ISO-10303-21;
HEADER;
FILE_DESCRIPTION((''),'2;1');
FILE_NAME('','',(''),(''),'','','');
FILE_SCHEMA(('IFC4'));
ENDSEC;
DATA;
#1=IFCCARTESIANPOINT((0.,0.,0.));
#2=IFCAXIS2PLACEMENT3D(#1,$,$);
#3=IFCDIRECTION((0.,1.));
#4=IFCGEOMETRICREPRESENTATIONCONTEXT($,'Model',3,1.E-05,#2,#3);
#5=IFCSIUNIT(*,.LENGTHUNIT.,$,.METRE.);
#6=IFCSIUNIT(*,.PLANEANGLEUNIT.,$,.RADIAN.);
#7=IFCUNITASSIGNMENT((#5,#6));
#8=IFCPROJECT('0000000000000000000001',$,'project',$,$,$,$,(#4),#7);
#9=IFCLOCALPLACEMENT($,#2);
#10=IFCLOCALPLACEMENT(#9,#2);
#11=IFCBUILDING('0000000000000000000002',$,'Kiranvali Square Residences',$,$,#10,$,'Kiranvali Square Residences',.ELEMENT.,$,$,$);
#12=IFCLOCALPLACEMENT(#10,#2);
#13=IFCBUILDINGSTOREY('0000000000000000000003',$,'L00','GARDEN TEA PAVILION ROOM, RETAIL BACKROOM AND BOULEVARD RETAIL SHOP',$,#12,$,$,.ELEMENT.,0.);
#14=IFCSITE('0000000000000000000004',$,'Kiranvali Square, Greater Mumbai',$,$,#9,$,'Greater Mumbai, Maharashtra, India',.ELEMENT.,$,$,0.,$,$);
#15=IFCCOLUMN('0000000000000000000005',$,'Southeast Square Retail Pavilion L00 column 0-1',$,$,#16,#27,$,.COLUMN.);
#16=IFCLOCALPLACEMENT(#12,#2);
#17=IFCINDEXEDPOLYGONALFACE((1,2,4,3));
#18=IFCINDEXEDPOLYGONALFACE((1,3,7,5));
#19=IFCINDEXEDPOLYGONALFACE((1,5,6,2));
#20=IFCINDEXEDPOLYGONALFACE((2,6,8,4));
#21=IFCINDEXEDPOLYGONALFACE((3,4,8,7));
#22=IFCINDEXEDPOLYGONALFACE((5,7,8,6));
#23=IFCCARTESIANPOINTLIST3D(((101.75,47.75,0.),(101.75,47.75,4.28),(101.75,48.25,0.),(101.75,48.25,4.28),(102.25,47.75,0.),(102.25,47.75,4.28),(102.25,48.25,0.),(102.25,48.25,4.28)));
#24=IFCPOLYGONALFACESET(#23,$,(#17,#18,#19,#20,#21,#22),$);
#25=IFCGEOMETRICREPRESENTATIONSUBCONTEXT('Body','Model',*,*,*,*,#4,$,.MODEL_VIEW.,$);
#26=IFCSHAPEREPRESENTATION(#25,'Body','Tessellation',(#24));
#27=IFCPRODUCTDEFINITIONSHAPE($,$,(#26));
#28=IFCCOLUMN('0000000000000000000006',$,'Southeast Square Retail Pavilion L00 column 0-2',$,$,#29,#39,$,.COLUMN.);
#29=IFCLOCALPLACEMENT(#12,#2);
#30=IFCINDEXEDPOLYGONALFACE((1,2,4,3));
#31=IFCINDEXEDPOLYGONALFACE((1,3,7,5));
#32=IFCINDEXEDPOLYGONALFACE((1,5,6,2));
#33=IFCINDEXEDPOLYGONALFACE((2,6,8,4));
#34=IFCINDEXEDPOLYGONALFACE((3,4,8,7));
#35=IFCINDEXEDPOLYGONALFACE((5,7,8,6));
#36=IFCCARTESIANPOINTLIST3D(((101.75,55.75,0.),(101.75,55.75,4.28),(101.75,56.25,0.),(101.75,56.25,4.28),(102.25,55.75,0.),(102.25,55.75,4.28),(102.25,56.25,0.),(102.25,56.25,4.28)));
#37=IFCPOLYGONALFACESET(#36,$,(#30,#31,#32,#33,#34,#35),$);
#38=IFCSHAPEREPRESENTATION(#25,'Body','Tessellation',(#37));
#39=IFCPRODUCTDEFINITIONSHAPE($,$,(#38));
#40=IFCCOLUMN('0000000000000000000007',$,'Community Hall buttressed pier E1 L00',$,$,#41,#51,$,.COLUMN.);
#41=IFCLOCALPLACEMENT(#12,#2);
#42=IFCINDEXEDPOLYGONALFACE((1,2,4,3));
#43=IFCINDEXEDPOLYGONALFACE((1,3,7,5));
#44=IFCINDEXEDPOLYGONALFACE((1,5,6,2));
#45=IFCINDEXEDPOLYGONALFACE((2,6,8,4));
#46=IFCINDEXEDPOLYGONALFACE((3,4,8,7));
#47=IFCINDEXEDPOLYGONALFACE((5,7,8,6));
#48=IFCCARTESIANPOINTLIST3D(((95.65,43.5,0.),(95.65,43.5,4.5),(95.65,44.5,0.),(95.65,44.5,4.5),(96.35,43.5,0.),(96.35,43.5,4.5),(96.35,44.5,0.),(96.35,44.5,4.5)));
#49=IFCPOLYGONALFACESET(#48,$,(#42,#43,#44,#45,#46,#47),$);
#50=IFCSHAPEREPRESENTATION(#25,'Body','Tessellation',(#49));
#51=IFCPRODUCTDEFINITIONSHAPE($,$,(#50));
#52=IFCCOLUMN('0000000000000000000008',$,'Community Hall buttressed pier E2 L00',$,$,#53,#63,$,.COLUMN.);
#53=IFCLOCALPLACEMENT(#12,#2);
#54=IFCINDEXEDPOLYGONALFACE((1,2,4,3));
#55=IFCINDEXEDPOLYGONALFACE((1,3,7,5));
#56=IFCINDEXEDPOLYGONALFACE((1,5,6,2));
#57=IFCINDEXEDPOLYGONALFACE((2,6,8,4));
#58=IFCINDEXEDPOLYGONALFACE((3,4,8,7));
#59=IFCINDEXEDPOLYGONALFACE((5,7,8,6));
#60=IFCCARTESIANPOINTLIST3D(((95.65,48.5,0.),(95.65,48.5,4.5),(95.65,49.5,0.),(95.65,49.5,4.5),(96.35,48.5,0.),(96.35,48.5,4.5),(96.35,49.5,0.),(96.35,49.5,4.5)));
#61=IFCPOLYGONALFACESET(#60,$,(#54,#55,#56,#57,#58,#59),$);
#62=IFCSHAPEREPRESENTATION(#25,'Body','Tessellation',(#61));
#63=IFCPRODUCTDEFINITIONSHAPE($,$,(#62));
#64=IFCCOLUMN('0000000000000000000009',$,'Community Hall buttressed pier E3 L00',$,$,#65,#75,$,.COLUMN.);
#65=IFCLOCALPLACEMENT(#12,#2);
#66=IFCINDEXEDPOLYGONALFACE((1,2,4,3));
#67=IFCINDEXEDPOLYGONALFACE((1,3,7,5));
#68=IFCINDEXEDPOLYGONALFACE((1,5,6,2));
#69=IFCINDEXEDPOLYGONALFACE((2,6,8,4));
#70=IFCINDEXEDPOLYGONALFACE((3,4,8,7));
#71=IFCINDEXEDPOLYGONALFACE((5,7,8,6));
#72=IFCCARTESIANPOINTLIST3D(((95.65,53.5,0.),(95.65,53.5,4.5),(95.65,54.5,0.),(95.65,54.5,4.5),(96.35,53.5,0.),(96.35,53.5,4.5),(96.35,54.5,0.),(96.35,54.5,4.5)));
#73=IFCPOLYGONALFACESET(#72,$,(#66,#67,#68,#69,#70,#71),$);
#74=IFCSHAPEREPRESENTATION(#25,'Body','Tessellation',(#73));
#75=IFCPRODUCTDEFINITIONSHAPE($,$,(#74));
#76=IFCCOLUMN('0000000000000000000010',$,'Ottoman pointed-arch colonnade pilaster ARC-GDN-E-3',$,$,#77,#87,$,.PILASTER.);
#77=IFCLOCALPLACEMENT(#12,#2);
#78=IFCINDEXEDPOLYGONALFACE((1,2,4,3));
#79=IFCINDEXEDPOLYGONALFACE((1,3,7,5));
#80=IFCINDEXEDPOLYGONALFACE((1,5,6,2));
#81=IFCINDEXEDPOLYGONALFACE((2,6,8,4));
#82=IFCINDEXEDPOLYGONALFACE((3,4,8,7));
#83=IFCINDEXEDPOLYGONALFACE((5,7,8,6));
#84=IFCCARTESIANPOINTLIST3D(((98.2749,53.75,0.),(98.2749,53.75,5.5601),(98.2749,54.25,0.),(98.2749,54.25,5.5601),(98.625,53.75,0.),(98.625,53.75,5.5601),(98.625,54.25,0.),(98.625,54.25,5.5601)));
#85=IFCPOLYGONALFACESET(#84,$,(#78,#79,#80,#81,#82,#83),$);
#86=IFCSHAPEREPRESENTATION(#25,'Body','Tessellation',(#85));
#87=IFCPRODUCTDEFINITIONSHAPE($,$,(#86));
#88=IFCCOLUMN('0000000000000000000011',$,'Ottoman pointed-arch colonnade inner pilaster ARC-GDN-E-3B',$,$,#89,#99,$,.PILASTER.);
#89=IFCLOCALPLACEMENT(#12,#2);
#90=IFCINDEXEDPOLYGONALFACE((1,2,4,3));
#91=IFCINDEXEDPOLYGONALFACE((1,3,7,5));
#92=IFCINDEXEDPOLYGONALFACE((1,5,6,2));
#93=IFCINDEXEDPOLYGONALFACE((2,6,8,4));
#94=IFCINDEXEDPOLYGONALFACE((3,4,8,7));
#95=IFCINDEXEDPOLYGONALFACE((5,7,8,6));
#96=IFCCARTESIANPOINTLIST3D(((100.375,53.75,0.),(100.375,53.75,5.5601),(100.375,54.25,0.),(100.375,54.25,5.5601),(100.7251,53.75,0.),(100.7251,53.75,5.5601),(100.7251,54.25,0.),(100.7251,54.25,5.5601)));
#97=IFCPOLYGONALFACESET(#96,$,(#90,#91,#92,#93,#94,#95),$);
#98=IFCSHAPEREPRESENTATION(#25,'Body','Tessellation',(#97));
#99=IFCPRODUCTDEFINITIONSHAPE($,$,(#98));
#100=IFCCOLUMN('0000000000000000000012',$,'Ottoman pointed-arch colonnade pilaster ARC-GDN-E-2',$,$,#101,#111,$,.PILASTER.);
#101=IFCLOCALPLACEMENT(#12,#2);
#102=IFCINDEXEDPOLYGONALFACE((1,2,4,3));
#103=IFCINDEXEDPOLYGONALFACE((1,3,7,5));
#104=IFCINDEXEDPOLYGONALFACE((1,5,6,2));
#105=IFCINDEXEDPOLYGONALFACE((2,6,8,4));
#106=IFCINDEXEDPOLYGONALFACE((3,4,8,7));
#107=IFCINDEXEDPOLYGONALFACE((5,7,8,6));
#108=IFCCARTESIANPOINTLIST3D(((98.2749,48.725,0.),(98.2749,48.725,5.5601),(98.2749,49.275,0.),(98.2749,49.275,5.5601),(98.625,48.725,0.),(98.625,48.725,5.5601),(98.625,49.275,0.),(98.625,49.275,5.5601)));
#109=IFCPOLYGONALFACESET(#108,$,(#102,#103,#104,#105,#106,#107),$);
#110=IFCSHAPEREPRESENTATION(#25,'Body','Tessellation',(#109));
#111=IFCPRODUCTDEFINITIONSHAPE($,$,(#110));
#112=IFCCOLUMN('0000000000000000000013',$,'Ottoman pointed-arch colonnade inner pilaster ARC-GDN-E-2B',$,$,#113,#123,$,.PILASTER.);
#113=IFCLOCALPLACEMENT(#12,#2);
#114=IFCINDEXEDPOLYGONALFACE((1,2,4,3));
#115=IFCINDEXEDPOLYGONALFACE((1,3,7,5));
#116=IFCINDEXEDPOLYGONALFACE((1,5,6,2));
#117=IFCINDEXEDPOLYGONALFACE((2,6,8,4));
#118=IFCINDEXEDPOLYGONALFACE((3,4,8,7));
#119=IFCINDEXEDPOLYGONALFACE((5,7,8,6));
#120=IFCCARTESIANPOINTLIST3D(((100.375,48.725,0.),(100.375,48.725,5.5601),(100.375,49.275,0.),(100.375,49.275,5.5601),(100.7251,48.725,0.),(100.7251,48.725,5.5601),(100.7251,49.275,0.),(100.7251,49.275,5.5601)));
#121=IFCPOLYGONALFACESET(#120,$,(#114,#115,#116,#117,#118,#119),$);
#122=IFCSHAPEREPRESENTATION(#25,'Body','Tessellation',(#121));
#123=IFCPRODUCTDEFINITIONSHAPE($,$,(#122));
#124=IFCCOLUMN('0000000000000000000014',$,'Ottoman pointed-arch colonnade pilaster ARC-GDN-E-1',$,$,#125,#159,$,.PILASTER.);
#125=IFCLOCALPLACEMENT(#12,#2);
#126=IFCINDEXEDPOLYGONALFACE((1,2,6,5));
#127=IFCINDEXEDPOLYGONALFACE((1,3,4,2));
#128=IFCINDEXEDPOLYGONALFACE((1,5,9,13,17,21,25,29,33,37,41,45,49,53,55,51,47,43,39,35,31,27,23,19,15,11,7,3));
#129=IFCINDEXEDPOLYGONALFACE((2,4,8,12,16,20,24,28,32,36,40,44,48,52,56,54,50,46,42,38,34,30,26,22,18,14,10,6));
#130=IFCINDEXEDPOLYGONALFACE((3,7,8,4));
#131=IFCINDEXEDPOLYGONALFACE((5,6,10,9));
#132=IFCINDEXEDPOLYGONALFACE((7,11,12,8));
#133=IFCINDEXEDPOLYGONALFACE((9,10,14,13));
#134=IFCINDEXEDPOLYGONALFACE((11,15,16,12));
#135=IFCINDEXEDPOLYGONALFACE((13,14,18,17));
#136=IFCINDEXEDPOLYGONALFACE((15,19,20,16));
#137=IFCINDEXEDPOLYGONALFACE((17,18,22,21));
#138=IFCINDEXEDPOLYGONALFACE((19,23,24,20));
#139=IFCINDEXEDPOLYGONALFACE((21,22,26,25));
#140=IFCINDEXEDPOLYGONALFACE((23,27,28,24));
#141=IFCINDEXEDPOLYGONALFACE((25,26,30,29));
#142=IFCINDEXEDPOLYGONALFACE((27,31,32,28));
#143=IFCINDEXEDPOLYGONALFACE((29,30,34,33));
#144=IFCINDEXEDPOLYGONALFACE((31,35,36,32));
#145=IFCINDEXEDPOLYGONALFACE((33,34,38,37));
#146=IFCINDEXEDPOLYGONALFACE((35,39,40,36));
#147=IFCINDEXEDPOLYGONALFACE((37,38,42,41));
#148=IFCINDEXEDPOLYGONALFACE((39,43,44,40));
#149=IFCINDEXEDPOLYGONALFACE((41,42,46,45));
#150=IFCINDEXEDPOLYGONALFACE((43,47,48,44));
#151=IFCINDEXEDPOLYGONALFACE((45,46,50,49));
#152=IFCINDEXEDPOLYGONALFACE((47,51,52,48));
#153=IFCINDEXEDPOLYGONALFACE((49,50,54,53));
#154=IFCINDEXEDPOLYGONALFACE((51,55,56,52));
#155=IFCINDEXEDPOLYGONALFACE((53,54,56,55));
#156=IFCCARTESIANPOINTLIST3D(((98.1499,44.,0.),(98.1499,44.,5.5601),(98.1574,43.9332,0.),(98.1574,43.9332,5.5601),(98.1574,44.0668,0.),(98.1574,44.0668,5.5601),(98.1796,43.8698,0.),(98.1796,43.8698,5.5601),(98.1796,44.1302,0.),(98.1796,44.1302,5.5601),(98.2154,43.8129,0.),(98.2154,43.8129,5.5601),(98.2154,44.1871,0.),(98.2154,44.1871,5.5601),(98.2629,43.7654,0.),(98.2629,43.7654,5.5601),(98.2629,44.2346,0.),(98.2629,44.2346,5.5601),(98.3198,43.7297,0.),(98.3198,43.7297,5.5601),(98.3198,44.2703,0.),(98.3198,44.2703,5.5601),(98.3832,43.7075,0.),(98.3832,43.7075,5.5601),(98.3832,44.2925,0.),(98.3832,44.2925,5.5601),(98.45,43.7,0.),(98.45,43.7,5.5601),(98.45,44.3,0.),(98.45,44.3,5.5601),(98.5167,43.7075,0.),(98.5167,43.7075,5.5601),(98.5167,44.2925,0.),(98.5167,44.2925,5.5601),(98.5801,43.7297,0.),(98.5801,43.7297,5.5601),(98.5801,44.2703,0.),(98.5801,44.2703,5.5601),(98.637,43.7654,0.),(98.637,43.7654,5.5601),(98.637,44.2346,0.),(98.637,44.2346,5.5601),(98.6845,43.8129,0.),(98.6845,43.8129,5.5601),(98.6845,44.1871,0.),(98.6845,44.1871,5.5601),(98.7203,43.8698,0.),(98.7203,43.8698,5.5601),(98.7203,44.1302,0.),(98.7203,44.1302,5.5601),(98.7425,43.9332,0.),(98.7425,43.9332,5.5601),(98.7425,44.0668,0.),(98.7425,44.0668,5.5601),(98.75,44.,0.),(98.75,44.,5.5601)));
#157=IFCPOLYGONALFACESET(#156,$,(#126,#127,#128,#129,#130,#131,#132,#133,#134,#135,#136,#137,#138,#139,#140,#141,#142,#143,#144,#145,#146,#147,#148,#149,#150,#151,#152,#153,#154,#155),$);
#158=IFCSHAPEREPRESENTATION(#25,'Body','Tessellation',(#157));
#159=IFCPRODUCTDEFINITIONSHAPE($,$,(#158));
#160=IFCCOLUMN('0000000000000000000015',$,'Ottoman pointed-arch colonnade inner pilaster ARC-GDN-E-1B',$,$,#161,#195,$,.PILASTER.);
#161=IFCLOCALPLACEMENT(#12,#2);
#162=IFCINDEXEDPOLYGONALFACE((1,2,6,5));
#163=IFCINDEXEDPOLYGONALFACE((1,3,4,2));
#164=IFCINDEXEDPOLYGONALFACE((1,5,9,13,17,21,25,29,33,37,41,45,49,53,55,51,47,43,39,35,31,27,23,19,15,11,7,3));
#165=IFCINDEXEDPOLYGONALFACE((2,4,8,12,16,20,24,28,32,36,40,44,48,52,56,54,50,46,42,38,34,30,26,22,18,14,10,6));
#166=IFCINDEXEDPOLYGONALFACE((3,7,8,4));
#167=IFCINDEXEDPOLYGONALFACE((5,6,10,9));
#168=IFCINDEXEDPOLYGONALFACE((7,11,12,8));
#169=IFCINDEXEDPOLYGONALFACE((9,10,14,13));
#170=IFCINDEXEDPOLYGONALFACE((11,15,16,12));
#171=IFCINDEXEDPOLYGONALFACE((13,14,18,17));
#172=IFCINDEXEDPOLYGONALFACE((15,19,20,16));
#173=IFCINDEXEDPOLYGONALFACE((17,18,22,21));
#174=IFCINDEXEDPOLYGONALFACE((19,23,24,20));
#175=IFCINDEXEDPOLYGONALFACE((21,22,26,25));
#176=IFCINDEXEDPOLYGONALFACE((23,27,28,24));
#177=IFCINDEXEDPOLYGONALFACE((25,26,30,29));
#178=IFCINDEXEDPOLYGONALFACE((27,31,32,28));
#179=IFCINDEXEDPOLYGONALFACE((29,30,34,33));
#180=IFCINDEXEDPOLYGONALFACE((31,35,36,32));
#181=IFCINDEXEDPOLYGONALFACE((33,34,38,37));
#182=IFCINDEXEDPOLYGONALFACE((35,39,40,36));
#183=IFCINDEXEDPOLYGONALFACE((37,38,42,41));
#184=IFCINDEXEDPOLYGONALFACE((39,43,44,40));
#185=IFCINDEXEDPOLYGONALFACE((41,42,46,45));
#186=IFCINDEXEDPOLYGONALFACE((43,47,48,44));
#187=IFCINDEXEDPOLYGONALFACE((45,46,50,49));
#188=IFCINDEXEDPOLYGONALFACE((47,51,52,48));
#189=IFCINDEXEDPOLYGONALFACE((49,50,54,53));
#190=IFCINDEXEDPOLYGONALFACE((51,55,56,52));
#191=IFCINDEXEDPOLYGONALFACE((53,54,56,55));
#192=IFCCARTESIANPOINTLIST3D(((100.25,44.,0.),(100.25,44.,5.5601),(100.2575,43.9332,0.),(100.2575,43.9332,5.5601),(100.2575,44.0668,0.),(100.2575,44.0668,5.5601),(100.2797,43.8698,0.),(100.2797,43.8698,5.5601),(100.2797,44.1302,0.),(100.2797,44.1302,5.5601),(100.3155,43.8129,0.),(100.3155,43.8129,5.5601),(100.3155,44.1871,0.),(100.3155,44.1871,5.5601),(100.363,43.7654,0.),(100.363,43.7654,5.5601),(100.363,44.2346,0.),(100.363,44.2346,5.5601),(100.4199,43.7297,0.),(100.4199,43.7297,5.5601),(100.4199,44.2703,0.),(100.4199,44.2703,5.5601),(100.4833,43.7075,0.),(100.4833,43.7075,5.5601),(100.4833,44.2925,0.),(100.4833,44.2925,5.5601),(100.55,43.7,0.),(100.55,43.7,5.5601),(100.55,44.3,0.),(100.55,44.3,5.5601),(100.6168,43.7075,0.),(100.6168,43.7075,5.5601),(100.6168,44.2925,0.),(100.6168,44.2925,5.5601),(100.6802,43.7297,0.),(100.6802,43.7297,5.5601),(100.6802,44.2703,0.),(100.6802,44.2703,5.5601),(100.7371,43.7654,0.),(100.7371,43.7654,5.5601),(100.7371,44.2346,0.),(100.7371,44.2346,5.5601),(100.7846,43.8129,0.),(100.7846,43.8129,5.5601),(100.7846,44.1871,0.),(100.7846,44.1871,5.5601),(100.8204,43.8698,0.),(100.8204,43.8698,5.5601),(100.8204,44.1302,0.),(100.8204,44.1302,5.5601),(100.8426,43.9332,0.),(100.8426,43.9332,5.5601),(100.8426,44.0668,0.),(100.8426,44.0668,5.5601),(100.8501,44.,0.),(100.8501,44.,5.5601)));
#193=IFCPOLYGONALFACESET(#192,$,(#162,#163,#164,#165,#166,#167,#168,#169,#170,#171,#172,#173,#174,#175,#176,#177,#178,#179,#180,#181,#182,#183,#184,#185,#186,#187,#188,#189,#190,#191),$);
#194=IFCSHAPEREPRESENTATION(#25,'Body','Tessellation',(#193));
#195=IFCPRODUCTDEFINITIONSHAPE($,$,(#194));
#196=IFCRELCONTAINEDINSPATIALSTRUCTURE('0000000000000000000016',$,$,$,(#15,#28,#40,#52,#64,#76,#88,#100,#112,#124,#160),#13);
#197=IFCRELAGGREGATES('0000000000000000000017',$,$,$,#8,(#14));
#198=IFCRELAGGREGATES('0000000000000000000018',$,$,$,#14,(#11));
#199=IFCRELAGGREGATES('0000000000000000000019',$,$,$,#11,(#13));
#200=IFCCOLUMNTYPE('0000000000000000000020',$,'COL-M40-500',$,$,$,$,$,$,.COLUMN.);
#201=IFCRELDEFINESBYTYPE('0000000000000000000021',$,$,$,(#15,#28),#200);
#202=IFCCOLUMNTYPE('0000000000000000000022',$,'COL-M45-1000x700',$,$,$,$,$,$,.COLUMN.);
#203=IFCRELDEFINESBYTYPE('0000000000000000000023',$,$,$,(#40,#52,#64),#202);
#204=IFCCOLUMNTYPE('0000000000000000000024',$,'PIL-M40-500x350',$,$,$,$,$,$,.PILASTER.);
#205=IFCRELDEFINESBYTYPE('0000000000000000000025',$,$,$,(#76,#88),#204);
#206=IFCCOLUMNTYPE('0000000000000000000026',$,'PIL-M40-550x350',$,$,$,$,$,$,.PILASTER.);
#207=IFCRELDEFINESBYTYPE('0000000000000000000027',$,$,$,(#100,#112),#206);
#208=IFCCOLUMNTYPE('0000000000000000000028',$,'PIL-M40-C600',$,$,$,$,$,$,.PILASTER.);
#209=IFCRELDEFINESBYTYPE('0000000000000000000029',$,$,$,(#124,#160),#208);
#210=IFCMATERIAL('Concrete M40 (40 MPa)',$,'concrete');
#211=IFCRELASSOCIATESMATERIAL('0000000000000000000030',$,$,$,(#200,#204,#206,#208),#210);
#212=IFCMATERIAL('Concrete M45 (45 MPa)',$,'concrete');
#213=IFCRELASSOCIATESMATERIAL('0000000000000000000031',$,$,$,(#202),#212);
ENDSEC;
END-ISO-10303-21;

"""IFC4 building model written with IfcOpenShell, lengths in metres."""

from ifc_helpers import new_model, si_unit, direction, frame, origin, origin_2d, place, context, subcontext, project, spatial, rectangle, circle, extrude, material, material_profile, profile_set, type_object, element, save


model = new_model("IFC4")

# Units and contexts
model_context = context("Model", 3, precision=1e-05, world=origin(), true_north=direction((0.0, 1.0)))
body_context = subcontext(model_context, "Body", "Model", "MODEL_VIEW")
ifc_project = project(units=[si_unit("LENGTHUNIT", "METRE"), si_unit("PLANEANGLEUNIT", "RADIAN")], contexts=[model_context])

# Site, building, storey
site_placement = place(None, origin())
site = spatial("IfcSite", under=ifc_project, at=site_placement, Name="Kiranvali Square, Greater Mumbai", LongName="Greater Mumbai, Maharashtra, India", CompositionType="ELEMENT", RefElevation=0.0)
building_placement = place(site_placement, origin())
building = spatial("IfcBuilding", under=site, at=building_placement, Name="Kiranvali Square Residences", LongName="Kiranvali Square Residences", CompositionType="ELEMENT")
storey_placement = place(building_placement, origin())
storey = spatial("IfcBuildingStorey", under=building, at=storey_placement, Name="L00", Description="GARDEN TEA PAVILION ROOM, RETAIL BACKROOM AND BOULEVARD RETAIL SHOP", CompositionType="ELEMENT", Elevation=0.0)

# Columns
ifc_material_1 = material(Name="Concrete M40 (40 MPa)", Category="concrete")
ifc_material_profile_1 = material_profile(ifc_material_1, rectangle(XDim=0.5, YDim=0.5, at=origin_2d()), Name="RC 500x500")
ifc_profile_set_1 = profile_set([ifc_material_profile_1], Name="Concrete M40 (40 MPa)")
column_type_1 = type_object("IfcColumnType", Name="COL-M40-500", PredefinedType="COLUMN", material=ifc_profile_set_1)
for number, where, z_axis, x_axis, name in (
    (1, (102.0, 48.0, 0.0), (0.0, 0.0, 1.0), (1.0, 0.0, 0.0), "Southeast Square Retail Pavilion L00 column 0-1"),
    (2, (102.0, 56.0, 0.0), (0.0, 0.0, 1.0), (1.0, 0.0, 0.0), "Southeast Square Retail Pavilion L00 column 0-2"),
):
    element("IfcColumn", number, at=place(storey_placement, frame(where, z_axis=z_axis, x_axis=x_axis)), inside=storey, type_object=column_type_1, Name=name, PredefinedType="COLUMN", context=body_context, shape_type="SweptSolid", body=[
        extrude(rectangle(XDim=0.5, YDim=0.5, at=origin_2d()), origin(), (0.0, 0.0, 1.0), 4.28),
    ])
ifc_material_2 = material(Name="Concrete M45 (45 MPa)", Category="concrete")
ifc_material_profile_2 = material_profile(ifc_material_2, rectangle(XDim=0.7, YDim=1.0, at=origin_2d()), Name="RC 1000x700")
ifc_profile_set_2 = profile_set([ifc_material_profile_2], Name="Concrete M45 (45 MPa)")
column_type_2 = type_object("IfcColumnType", Name="COL-M45-1000x700", PredefinedType="COLUMN", material=ifc_profile_set_2)
for number, where, z_axis, x_axis, name in (
    (3, (96.0, 44.0, 0.0), (0.0, 0.0, 1.0), (1.0, 0.0, 0.0), "Community Hall buttressed pier E1 L00"),
    (4, (96.0, 49.0, 0.0), (0.0, 0.0, 1.0), (1.0, 0.0, 0.0), "Community Hall buttressed pier E2 L00"),
    (5, (96.0, 54.0, 0.0), (0.0, 0.0, 1.0), (1.0, 0.0, 0.0), "Community Hall buttressed pier E3 L00"),
):
    element("IfcColumn", number, at=place(storey_placement, frame(where, z_axis=z_axis, x_axis=x_axis)), inside=storey, type_object=column_type_2, Name=name, PredefinedType="COLUMN", context=body_context, shape_type="SweptSolid", body=[
        extrude(rectangle(XDim=0.7, YDim=1.0, at=origin_2d()), origin(), (0.0, 0.0, 1.0), 4.5),
    ])
ifc_material_profile_3 = material_profile(ifc_material_1, rectangle(XDim=0.3501, YDim=0.5, at=origin_2d()), Name="RC 500x350")
ifc_profile_set_3 = profile_set([ifc_material_profile_3], Name="Concrete M40 (40 MPa)")
column_type_3 = type_object("IfcColumnType", Name="PIL-M40-500x350", PredefinedType="PILASTER", material=ifc_profile_set_3)
for number, where, z_axis, x_axis, name in (
    (6, (98.45, 54.0, 0.0), (0.0, 0.0, 1.0), (1.0, 0.0, 0.0), "Ottoman pointed-arch colonnade pilaster ARC-GDN-E-3"),
    (7, (100.55, 54.0, 0.0), (0.0, 0.0, 1.0), (1.0, 0.0, 0.0), "Ottoman pointed-arch colonnade inner pilaster ARC-GDN-E-3B"),
):
    element("IfcColumn", number, at=place(storey_placement, frame(where, z_axis=z_axis, x_axis=x_axis)), inside=storey, type_object=column_type_3, Name=name, PredefinedType="PILASTER", context=body_context, shape_type="SweptSolid", body=[
        extrude(rectangle(XDim=0.3501, YDim=0.5, at=origin_2d()), origin(), (0.0, 0.0, 1.0), 5.5601),
    ])
ifc_material_profile_4 = material_profile(ifc_material_1, rectangle(XDim=0.3501, YDim=0.55, at=origin_2d()), Name="RC 550x350")
ifc_profile_set_4 = profile_set([ifc_material_profile_4], Name="Concrete M40 (40 MPa)")
column_type_4 = type_object("IfcColumnType", Name="PIL-M40-550x350", PredefinedType="PILASTER", material=ifc_profile_set_4)
for number, where, z_axis, x_axis, name in (
    (8, (98.45, 49.0, 0.0), (0.0, 0.0, 1.0), (1.0, 0.0, 0.0), "Ottoman pointed-arch colonnade pilaster ARC-GDN-E-2"),
    (9, (100.55, 49.0, 0.0), (0.0, 0.0, 1.0), (1.0, 0.0, 0.0), "Ottoman pointed-arch colonnade inner pilaster ARC-GDN-E-2B"),
):
    element("IfcColumn", number, at=place(storey_placement, frame(where, z_axis=z_axis, x_axis=x_axis)), inside=storey, type_object=column_type_4, Name=name, PredefinedType="PILASTER", context=body_context, shape_type="SweptSolid", body=[
        extrude(rectangle(XDim=0.3501, YDim=0.55, at=origin_2d()), origin(), (0.0, 0.0, 1.0), 5.5601),
    ])
ifc_material_profile_5 = material_profile(ifc_material_1, circle(Radius=0.3, at=origin_2d()), Name="RC-CIRC 600")
ifc_profile_set_5 = profile_set([ifc_material_profile_5], Name="Concrete M40 (40 MPa)")
column_type_5 = type_object("IfcColumnType", Name="PIL-M40-C600", PredefinedType="PILASTER", material=ifc_profile_set_5)
for number, where, z_axis, x_axis, name in (
    (10, (98.45, 44.0, 0.0), (0.0, 0.0, 1.0), (1.0, 0.0, 0.0), "Ottoman pointed-arch colonnade pilaster ARC-GDN-E-1"),
    (11, (100.55, 44.0, 0.0), (0.0, 0.0, 1.0), (1.0, 0.0, 0.0), "Ottoman pointed-arch colonnade inner pilaster ARC-GDN-E-1B"),
):
    element("IfcColumn", number, at=place(storey_placement, frame(where, z_axis=z_axis, x_axis=x_axis)), inside=storey, type_object=column_type_5, Name=name, PredefinedType="PILASTER", context=body_context, shape_type="SweptSolid", body=[
        extrude(circle(Radius=0.3, at=origin_2d()), origin(), (0.0, 0.0, 1.0), 5.5601),
    ])

save(model, "model.ifc")
